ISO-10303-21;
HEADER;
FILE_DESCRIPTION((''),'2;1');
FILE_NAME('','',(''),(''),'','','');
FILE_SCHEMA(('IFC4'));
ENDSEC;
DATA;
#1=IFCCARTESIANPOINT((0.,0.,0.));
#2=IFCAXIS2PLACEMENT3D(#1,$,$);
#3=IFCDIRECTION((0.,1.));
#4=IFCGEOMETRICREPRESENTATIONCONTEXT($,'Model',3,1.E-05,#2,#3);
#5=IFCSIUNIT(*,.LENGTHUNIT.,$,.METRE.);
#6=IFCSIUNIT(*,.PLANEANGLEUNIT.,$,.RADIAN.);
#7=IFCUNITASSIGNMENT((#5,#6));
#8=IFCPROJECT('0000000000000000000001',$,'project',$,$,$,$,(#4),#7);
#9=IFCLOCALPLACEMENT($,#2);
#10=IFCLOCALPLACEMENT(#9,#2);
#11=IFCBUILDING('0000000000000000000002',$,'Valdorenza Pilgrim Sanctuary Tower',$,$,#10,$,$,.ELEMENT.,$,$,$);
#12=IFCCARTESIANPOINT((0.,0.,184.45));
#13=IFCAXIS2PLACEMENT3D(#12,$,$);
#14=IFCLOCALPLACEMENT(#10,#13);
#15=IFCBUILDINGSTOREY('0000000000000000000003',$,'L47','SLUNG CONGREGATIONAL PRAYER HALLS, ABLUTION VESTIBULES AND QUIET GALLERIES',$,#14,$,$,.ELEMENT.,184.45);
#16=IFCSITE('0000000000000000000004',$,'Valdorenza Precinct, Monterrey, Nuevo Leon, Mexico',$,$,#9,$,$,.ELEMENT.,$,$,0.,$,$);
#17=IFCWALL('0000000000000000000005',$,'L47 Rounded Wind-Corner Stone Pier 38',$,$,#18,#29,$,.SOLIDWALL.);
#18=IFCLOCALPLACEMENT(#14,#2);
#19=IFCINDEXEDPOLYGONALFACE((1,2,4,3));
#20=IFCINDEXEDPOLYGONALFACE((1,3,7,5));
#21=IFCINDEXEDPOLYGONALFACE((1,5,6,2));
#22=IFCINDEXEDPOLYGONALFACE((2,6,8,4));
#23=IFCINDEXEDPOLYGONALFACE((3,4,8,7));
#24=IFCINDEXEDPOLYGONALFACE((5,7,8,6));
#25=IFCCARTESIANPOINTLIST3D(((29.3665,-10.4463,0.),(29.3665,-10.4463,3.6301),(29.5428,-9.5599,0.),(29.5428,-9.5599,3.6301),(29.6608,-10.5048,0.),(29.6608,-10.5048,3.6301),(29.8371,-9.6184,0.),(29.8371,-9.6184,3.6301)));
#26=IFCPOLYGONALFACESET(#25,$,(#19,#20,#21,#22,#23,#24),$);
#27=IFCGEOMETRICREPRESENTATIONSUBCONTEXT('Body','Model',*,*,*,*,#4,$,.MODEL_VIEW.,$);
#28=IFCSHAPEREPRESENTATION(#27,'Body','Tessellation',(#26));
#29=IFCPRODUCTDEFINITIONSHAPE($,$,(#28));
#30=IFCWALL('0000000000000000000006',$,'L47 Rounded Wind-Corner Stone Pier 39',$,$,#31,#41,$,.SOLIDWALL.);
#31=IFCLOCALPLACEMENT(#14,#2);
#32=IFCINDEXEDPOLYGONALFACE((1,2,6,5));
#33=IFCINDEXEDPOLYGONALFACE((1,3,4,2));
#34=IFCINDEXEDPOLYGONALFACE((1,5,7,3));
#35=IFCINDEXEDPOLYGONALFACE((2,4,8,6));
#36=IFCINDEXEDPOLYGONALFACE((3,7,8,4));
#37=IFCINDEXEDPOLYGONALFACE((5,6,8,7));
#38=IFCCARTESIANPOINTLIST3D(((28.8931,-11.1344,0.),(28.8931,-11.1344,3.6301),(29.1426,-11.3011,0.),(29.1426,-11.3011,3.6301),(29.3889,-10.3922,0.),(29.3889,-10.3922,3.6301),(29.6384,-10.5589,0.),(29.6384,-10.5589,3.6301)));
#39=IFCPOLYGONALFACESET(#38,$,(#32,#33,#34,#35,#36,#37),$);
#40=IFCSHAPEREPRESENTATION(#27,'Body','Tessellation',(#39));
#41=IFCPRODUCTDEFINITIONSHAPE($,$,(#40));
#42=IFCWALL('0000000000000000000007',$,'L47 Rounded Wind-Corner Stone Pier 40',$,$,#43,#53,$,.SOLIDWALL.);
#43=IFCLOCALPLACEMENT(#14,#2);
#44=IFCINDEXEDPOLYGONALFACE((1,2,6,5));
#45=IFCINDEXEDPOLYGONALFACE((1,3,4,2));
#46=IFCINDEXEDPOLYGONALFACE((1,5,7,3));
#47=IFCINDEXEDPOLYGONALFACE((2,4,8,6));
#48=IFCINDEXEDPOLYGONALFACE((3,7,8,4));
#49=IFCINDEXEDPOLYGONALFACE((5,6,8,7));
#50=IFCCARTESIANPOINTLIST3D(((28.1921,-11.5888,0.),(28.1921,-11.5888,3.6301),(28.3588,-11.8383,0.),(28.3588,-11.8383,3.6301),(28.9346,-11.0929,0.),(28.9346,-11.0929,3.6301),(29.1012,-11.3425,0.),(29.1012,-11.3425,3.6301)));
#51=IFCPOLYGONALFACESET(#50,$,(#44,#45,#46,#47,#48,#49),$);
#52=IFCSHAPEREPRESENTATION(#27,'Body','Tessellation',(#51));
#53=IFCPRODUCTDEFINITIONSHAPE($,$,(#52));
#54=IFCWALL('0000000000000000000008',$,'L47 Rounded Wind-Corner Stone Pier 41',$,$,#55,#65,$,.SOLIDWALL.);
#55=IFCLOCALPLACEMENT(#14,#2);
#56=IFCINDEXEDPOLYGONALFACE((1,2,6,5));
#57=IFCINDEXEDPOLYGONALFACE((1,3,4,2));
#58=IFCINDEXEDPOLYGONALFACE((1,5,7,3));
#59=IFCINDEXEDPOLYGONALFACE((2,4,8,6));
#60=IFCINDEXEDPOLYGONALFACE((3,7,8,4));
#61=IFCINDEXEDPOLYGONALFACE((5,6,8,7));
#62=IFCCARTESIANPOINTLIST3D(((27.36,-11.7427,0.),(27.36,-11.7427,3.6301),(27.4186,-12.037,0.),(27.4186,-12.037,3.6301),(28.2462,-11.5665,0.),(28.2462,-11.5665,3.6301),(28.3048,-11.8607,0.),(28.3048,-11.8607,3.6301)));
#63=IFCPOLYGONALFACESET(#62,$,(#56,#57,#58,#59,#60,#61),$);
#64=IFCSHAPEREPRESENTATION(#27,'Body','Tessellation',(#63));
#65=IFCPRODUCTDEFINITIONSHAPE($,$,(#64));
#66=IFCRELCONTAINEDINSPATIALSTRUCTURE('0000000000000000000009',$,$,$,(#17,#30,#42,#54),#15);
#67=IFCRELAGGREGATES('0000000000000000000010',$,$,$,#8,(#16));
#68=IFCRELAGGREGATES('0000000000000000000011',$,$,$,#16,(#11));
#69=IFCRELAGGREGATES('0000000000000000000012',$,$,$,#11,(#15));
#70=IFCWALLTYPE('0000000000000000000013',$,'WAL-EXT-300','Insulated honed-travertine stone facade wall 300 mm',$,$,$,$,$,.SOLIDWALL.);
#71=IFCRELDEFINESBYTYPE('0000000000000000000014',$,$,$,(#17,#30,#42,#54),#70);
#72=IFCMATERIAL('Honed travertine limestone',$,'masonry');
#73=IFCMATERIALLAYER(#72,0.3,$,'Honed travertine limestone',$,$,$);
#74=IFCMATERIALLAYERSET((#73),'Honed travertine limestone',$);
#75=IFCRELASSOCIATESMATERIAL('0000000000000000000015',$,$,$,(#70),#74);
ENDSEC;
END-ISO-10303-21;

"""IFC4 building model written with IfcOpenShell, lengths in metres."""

from ifc_helpers import new_model, si_unit, direction, frame, frame_2d, origin, place, context, subcontext, project, spatial, rectangle, extrude, material, layer, layer_set, type_object, element, save


model = new_model("IFC4")

# Units and contexts
model_context = context("Model", 3, precision=1e-05, world=origin(), true_north=direction((0.0, 1.0)))
body_context = subcontext(model_context, "Body", "Model", "MODEL_VIEW")
ifc_project = project(units=[si_unit("LENGTHUNIT", "METRE"), si_unit("PLANEANGLEUNIT", "RADIAN")], contexts=[model_context])

# Site, building, storey
site_placement = place(None, origin())
site = spatial("IfcSite", under=ifc_project, at=site_placement, Name="Valdorenza Precinct, Monterrey, Nuevo Leon, Mexico", CompositionType="ELEMENT", RefElevation=0.0)
building_placement = place(site_placement, origin())
building = spatial("IfcBuilding", under=site, at=building_placement, Name="Valdorenza Pilgrim Sanctuary Tower", CompositionType="ELEMENT")
storey_placement = place(building_placement, frame((0.0, 0.0, 184.45)))
storey = spatial("IfcBuildingStorey", under=building, at=storey_placement, Name="L47", Description="SLUNG CONGREGATIONAL PRAYER HALLS, ABLUTION VESTIBULES AND QUIET GALLERIES", CompositionType="ELEMENT", Elevation=184.45)

# Shared definitions
ifc_material_1 = material(Name="Honed travertine limestone", Category="masonry")

# Walls
ifc_layer_1 = layer(ifc_material_1, 0.3, Name="Honed travertine limestone")
ifc_layer_set_1 = layer_set([ifc_layer_1], Name="Honed travertine limestone")
wall_type_1 = type_object("IfcWallType", Name="WAL-EXT-300", Description="Insulated honed-travertine stone facade wall 300 mm", PredefinedType="SOLIDWALL", material=ifc_layer_set_1)
wall_1_placement = place(storey_placement, frame((29.6899, -9.5891, 0.0), z_axis=(0.0, 0.0, 1.0), x_axis=(-0.195025, -0.980798, 0.0)))
element("IfcWall", 1, at=wall_1_placement, inside=storey, type_object=wall_type_1, Name="L47 Rounded Wind-Corner Stone Pier 38", PredefinedType="SOLIDWALL", context=body_context, shape_type="SweptSolid", body=[
    extrude(rectangle(XDim=0.9038, YDim=0.3, at=frame_2d((0.4519, 0.0))), origin(), (0.0, 0.0, 1.0), 3.6301),
])
wall_2_placement = place(storey_placement, frame((29.5137, -10.4756, 0.0), z_axis=(0.0, 0.0, 1.0), x_axis=(-0.55552, -0.831503, 0.0)))
element("IfcWall", 2, at=wall_2_placement, inside=storey, type_object=wall_type_1, Name="L47 Rounded Wind-Corner Stone Pier 39", PredefinedType="SOLIDWALL", context=body_context, shape_type="SweptSolid", body=[
    extrude(rectangle(XDim=0.8926, YDim=0.3, at=frame_2d((0.4463, 0.0))), origin(), (0.0, 0.0, 1.0), 3.6301),
])
wall_3_placement = place(storey_placement, frame((29.0178, -11.2178, 0.0), z_axis=(0.0, 0.0, 1.0), x_axis=(-0.831587, -0.555394, 0.0)))
element("IfcWall", 3, at=wall_3_placement, inside=storey, type_object=wall_type_1, Name="L47 Rounded Wind-Corner Stone Pier 40", PredefinedType="SOLIDWALL", context=body_context, shape_type="SweptSolid", body=[
    extrude(rectangle(XDim=0.8928, YDim=0.3, at=frame_2d((0.4463, 0.0))), origin(), (0.0, 0.0, 1.0), 3.6301),
])
wall_4_placement = place(storey_placement, frame((28.2754, -11.7136, 0.0), z_axis=(0.0, 0.0, 1.0), x_axis=(-0.980788, -0.195077, 0.0)))
element("IfcWall", 4, at=wall_4_placement, inside=storey, type_object=wall_type_1, Name="L47 Rounded Wind-Corner Stone Pier 41", PredefinedType="SOLIDWALL", context=body_context, shape_type="SweptSolid", body=[
    extrude(rectangle(XDim=0.9036, YDim=0.3, at=frame_2d((0.4517, 0.0))), origin(), (0.0, 0.0, 1.0), 3.6301),
])

save(model, "model.ifc")
